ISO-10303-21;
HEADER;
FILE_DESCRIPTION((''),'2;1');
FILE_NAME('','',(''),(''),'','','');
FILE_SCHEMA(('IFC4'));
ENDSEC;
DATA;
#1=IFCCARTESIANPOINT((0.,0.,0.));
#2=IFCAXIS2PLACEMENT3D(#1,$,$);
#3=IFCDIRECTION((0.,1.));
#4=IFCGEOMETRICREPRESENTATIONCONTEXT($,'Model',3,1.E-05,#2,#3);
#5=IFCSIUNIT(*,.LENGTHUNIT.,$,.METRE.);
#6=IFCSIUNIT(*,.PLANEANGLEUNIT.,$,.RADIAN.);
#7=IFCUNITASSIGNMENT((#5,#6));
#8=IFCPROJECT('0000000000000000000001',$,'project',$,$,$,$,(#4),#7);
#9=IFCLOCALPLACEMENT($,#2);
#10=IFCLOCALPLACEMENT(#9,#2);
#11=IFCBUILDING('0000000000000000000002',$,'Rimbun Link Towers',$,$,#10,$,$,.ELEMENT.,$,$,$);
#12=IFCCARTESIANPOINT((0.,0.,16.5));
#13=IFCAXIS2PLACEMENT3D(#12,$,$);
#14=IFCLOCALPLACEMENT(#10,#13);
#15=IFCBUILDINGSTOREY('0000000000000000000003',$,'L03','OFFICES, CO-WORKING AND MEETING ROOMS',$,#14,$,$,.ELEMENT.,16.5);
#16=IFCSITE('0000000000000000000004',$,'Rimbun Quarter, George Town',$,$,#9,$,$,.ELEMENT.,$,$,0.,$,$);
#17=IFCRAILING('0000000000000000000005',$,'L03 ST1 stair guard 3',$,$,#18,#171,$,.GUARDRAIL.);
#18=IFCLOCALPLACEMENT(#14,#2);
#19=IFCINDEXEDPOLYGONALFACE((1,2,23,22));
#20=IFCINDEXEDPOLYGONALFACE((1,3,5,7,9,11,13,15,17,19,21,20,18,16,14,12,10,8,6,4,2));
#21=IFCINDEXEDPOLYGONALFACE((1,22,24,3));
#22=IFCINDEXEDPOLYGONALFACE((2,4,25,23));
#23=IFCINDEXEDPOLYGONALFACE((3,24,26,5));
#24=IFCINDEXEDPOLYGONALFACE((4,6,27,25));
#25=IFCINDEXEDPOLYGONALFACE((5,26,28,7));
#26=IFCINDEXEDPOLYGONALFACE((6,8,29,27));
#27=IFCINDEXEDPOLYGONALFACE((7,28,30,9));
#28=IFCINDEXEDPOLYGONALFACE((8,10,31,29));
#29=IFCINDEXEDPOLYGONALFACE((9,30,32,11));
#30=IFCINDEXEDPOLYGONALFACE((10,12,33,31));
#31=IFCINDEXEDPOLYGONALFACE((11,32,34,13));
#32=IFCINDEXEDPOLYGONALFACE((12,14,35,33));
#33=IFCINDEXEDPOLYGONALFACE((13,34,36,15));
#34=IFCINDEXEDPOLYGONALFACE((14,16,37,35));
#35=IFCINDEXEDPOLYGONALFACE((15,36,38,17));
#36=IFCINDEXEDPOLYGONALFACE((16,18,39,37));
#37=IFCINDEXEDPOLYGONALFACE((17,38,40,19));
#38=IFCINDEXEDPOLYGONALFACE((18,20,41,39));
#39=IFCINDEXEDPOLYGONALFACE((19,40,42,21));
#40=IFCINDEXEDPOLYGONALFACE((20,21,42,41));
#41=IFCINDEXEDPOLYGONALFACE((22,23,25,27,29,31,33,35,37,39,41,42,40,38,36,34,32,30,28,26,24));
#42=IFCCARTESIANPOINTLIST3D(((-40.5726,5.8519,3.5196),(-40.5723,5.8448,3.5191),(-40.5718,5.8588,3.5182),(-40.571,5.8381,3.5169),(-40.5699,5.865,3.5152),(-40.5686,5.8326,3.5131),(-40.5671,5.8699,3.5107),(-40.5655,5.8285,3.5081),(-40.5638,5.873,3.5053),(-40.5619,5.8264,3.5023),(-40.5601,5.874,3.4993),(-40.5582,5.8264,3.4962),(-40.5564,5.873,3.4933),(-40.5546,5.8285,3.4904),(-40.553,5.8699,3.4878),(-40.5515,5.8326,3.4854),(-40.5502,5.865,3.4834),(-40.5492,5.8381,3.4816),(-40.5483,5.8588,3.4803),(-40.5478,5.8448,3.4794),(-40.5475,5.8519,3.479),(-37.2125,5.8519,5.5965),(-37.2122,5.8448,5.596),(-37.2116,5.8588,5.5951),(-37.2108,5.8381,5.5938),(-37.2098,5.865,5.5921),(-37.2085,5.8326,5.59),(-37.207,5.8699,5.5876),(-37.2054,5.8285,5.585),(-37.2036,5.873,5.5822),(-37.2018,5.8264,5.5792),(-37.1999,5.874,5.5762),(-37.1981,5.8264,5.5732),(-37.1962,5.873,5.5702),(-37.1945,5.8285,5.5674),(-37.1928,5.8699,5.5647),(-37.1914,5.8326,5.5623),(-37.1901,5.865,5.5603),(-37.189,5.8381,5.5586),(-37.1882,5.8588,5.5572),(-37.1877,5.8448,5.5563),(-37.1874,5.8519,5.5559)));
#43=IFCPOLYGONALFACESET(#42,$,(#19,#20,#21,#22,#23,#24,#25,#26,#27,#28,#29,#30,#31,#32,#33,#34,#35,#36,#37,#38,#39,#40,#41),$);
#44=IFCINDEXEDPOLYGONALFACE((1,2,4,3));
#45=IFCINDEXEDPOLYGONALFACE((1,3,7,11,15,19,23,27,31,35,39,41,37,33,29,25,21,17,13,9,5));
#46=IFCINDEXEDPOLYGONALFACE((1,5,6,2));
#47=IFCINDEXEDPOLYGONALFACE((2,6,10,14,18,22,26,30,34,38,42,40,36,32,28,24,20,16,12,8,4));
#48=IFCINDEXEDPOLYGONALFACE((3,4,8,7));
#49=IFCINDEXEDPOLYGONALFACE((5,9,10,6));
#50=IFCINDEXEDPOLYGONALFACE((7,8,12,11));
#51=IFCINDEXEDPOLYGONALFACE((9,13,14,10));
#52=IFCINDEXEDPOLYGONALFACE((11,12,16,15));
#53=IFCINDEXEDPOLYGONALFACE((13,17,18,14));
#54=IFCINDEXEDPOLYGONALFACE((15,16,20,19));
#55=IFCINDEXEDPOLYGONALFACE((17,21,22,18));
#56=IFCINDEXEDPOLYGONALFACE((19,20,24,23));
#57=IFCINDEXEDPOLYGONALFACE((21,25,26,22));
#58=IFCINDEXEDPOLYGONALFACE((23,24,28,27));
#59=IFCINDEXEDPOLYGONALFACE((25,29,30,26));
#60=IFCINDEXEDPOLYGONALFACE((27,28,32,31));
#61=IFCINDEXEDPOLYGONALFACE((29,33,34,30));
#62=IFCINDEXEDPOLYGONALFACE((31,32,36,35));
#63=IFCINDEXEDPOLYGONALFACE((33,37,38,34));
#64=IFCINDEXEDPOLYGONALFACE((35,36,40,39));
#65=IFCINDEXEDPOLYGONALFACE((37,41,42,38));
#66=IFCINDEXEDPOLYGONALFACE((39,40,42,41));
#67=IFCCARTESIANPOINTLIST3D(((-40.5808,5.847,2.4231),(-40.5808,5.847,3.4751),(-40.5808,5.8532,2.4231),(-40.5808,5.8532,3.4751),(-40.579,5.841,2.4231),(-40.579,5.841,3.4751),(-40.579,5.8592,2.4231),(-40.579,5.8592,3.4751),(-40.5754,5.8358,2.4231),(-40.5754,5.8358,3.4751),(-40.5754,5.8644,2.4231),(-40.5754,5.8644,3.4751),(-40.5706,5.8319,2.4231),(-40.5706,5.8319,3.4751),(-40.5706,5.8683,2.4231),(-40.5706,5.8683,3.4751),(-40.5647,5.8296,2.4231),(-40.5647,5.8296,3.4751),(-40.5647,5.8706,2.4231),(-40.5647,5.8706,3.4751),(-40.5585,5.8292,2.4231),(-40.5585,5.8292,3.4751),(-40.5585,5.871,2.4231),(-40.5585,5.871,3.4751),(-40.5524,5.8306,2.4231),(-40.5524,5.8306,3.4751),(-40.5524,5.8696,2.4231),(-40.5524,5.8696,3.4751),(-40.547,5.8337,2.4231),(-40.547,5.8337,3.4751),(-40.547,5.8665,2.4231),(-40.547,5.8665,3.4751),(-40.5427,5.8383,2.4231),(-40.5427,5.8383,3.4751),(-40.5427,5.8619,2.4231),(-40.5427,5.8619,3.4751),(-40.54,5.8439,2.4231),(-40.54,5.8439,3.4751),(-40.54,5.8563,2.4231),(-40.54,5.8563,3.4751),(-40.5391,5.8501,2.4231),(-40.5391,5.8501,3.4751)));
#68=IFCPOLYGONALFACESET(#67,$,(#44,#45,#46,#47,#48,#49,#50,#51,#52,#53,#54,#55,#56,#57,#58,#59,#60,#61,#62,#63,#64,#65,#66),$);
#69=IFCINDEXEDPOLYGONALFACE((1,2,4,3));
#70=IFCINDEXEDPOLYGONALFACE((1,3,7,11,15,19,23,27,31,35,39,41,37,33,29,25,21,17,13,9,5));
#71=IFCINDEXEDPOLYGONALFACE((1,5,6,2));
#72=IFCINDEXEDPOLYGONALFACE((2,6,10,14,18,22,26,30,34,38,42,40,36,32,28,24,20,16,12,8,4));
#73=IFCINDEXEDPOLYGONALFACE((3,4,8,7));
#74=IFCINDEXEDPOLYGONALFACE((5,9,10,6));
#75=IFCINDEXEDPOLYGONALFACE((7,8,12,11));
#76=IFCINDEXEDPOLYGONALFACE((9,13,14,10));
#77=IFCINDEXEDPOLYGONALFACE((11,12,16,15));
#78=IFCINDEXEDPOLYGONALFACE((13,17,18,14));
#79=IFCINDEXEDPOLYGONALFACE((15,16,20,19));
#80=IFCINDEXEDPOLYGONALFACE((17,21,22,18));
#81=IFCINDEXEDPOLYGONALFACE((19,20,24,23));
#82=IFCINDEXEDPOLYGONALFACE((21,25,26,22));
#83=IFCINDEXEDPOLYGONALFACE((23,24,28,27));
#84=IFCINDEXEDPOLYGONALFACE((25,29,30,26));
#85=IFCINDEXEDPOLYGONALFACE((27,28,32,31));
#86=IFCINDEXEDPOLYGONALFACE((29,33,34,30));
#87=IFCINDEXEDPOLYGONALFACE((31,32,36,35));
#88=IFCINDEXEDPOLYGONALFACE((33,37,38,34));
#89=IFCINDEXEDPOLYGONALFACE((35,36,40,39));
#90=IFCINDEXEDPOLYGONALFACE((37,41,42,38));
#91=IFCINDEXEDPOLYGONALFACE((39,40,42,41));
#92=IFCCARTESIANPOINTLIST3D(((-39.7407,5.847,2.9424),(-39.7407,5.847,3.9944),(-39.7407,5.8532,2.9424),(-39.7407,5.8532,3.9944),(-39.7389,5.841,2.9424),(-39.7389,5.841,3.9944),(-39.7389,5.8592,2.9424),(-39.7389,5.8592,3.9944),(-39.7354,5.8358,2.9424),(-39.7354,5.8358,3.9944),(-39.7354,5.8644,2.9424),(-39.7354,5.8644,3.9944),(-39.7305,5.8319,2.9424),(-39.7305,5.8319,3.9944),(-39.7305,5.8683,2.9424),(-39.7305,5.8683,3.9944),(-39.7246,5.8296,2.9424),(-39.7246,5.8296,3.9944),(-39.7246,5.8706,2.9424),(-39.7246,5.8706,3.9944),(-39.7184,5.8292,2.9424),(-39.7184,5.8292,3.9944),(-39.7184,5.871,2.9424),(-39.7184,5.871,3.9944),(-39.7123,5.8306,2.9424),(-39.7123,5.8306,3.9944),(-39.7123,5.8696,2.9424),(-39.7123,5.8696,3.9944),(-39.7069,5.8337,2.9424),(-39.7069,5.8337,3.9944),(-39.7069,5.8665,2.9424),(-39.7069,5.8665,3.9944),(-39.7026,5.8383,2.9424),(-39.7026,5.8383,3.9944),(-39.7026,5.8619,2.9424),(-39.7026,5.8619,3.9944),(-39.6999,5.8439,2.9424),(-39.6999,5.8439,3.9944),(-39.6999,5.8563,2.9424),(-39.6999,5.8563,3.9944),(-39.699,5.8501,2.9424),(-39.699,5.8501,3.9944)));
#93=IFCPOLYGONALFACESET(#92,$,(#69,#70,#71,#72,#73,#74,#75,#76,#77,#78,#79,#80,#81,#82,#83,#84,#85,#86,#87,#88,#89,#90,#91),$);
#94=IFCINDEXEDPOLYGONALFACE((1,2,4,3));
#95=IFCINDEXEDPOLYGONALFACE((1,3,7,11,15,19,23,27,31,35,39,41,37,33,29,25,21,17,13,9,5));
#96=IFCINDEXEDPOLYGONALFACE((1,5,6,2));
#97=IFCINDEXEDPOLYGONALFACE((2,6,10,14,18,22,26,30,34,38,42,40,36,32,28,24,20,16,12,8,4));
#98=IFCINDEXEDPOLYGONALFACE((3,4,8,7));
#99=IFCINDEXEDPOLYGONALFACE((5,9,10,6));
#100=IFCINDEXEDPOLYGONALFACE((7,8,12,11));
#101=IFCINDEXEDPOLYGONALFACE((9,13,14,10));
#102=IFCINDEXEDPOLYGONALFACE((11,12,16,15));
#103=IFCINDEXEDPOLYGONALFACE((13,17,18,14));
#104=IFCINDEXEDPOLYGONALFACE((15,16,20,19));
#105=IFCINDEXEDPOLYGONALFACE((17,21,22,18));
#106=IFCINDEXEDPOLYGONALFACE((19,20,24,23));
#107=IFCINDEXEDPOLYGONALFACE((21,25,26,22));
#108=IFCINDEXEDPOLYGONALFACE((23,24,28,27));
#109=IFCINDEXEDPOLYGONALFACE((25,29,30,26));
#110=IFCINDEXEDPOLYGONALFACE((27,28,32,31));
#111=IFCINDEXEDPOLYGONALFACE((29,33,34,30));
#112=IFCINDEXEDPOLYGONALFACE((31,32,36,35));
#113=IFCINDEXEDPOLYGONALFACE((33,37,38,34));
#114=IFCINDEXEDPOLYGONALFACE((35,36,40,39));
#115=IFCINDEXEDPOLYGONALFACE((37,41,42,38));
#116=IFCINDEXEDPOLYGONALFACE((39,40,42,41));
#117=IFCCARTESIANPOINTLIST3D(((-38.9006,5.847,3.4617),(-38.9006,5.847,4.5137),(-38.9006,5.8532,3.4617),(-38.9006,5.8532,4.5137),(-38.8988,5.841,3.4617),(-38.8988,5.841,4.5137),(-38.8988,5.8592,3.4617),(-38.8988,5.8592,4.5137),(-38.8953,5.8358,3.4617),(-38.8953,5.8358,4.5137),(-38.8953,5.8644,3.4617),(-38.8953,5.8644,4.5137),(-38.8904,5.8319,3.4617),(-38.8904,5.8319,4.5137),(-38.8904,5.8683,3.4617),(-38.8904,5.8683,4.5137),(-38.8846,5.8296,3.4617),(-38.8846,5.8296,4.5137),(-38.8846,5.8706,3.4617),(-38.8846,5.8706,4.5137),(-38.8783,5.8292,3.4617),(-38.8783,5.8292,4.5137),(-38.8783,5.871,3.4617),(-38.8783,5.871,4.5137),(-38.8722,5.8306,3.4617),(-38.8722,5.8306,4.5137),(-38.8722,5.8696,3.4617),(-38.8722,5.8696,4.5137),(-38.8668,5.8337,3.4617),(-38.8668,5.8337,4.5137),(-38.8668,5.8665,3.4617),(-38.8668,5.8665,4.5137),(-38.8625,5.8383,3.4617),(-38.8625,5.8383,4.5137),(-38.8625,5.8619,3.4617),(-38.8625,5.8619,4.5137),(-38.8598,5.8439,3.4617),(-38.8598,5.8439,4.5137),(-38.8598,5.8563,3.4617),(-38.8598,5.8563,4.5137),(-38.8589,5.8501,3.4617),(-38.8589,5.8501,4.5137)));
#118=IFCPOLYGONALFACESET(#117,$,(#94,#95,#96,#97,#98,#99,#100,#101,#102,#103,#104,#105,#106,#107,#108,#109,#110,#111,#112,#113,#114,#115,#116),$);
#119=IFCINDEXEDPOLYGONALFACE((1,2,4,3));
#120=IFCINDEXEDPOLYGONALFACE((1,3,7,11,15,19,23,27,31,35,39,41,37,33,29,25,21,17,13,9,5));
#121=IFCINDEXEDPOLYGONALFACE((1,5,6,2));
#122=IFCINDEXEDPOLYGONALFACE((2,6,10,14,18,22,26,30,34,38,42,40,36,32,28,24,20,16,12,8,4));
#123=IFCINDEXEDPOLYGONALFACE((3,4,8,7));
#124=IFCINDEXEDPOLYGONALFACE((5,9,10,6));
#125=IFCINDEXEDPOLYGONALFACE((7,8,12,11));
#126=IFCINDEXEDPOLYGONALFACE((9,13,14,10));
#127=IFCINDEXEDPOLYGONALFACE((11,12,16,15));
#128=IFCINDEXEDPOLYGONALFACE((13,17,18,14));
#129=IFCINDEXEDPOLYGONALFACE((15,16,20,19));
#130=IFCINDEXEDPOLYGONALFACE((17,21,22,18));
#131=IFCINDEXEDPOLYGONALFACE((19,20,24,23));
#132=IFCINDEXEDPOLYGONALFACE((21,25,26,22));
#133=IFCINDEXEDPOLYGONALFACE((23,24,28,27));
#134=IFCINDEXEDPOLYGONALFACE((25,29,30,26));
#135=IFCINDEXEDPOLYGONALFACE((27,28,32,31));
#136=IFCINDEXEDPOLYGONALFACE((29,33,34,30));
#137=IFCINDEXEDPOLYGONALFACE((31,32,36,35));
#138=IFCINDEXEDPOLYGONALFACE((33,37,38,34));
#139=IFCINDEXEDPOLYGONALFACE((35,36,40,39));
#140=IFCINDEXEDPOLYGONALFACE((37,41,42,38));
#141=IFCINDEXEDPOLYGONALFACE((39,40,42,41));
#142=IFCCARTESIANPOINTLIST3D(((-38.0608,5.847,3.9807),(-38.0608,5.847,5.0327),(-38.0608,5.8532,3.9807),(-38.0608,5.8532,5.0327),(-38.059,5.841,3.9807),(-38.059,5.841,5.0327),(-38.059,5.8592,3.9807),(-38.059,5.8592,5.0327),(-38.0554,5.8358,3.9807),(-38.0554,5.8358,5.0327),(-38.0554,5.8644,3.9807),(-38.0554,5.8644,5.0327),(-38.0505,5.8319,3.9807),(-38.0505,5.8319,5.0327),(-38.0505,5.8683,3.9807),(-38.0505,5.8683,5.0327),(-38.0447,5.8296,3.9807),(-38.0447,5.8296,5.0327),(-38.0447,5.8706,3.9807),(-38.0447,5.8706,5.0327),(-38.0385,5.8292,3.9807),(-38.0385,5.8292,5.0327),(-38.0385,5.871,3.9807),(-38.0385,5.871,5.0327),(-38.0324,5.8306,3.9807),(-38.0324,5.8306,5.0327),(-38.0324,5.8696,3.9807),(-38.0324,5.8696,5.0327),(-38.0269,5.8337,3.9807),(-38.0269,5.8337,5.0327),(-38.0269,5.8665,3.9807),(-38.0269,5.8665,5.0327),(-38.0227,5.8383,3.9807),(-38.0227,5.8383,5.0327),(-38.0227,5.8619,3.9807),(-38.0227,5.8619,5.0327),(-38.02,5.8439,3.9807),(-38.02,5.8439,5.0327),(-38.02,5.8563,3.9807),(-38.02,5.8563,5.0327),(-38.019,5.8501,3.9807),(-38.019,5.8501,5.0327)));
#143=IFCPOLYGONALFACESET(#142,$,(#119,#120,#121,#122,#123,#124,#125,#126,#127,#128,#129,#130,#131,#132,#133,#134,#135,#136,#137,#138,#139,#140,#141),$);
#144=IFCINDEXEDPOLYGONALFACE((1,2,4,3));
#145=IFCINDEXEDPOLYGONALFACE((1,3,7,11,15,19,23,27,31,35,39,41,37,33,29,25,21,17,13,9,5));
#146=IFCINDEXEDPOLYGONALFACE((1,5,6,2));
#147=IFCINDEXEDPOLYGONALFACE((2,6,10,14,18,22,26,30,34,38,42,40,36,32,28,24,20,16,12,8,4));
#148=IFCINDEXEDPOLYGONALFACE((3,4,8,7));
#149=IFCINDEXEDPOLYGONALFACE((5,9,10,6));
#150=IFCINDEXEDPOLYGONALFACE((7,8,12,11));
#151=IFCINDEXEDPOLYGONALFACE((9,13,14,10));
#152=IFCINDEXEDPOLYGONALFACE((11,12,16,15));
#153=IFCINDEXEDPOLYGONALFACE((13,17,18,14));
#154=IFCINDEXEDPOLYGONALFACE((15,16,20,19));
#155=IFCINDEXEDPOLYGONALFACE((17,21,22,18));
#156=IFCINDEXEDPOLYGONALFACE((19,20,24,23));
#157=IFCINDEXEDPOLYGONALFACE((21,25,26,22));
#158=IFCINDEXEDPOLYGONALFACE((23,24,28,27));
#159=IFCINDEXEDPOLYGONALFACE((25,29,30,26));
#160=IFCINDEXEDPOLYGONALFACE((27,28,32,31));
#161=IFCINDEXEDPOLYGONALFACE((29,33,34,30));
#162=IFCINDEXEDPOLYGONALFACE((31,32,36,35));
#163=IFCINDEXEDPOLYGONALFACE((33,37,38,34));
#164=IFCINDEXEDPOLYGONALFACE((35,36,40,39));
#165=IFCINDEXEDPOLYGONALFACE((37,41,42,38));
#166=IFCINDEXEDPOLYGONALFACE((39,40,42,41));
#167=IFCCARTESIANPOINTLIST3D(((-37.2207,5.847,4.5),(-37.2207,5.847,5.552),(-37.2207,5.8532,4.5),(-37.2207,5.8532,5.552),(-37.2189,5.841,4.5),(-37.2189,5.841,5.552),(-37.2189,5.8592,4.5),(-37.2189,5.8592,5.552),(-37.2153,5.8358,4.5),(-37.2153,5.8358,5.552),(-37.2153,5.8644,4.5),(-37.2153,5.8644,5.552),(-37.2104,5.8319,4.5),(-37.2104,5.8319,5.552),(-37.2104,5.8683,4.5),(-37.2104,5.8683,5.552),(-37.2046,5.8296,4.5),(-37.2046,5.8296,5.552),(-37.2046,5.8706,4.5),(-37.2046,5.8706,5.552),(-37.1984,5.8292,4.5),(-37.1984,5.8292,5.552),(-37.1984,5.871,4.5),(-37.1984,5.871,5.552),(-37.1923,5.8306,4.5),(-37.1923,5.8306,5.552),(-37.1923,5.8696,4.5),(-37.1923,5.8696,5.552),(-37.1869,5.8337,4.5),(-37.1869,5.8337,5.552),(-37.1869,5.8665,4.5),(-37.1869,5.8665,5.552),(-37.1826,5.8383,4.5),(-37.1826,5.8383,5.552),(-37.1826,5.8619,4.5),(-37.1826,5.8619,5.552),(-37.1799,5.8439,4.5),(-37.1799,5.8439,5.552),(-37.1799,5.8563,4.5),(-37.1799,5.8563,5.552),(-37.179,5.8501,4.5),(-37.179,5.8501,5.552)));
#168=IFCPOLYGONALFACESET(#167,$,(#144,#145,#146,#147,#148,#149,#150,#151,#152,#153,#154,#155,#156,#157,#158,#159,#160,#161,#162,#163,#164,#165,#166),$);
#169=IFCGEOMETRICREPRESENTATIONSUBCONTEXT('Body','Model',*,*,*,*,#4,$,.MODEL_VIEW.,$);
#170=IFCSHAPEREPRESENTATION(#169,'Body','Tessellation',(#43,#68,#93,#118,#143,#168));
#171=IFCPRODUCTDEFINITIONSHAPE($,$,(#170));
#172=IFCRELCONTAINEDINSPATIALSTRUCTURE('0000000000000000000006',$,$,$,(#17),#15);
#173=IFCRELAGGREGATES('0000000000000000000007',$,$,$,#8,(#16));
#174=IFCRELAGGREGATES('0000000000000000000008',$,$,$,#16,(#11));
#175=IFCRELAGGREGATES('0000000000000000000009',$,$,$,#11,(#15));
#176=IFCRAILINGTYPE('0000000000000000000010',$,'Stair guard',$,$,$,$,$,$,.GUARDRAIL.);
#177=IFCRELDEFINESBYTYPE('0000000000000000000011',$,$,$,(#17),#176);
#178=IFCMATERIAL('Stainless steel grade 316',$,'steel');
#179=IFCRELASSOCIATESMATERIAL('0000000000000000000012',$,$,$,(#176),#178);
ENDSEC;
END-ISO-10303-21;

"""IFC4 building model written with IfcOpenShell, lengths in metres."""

from ifc_helpers import new_model, si_unit, direction, frame, origin, origin_2d, place, context, subcontext, project, spatial, circle, extrude, material, type_object, element, save


model = new_model("IFC4")

# Units and contexts
model_context = context("Model", 3, precision=1e-05, world=origin(), true_north=direction((0.0, 1.0)))
body_context = subcontext(model_context, "Body", "Model", "MODEL_VIEW")
ifc_project = project(units=[si_unit("LENGTHUNIT", "METRE"), si_unit("PLANEANGLEUNIT", "RADIAN")], contexts=[model_context])

# Site, building, storey
site_placement = place(None, origin())
site = spatial("IfcSite", under=ifc_project, at=site_placement, Name="Rimbun Quarter, George Town", CompositionType="ELEMENT", RefElevation=0.0)
building_placement = place(site_placement, origin())
building = spatial("IfcBuilding", under=site, at=building_placement, Name="Rimbun Link Towers", CompositionType="ELEMENT")
storey_placement = place(building_placement, frame((0.0, 0.0, 16.5)))
storey = spatial("IfcBuildingStorey", under=building, at=storey_placement, Name="L03", Description="OFFICES, CO-WORKING AND MEETING ROOMS", CompositionType="ELEMENT", Elevation=16.5)

# Railing
ifc_material_1 = material(Name="Stainless steel grade 316", Category="steel")
railing_type_1 = type_object("IfcRailingType", Name="Stair guard", PredefinedType="GUARDRAIL", material=ifc_material_1)
railing_1_placement = place(storey_placement, frame((-40.5601, 5.8501, 2.4231)))
element("IfcRailing", 1, at=railing_1_placement, inside=storey, type_object=railing_type_1, Name="L03 ST1 stair guard 3", PredefinedType="GUARDRAIL", context=body_context, shape_type="SweptSolid", body=[
    extrude(circle(Radius=0.0239, at=origin_2d()), frame((0.0, 0.0, 1.0762), z_axis=(0.850623, 0.0, 0.525776), x_axis=(0.0, 1.0, 0.0)), (0.0, 0.0, 1.0), 3.9502),
    extrude(circle(Radius=0.021, at=origin_2d()), origin(), (0.0, 0.0, 1.0), 1.052),
    extrude(circle(Radius=0.021, at=origin_2d()), frame((0.8401, 0.0, 0.5193)), (0.0, 0.0, 1.0), 1.052),
    extrude(circle(Radius=0.021, at=origin_2d()), frame((1.6802, 0.0, 1.0386)), (0.0, 0.0, 1.0), 1.052),
    extrude(circle(Radius=0.021, at=origin_2d()), frame((2.52, 0.0, 1.5576)), (0.0, 0.0, 1.0), 1.052),
    extrude(circle(Radius=0.021, at=origin_2d()), frame((3.3601, 0.0, 2.0769)), (0.0, 0.0, 1.0), 1.052),
])

save(model, "model.ifc")
